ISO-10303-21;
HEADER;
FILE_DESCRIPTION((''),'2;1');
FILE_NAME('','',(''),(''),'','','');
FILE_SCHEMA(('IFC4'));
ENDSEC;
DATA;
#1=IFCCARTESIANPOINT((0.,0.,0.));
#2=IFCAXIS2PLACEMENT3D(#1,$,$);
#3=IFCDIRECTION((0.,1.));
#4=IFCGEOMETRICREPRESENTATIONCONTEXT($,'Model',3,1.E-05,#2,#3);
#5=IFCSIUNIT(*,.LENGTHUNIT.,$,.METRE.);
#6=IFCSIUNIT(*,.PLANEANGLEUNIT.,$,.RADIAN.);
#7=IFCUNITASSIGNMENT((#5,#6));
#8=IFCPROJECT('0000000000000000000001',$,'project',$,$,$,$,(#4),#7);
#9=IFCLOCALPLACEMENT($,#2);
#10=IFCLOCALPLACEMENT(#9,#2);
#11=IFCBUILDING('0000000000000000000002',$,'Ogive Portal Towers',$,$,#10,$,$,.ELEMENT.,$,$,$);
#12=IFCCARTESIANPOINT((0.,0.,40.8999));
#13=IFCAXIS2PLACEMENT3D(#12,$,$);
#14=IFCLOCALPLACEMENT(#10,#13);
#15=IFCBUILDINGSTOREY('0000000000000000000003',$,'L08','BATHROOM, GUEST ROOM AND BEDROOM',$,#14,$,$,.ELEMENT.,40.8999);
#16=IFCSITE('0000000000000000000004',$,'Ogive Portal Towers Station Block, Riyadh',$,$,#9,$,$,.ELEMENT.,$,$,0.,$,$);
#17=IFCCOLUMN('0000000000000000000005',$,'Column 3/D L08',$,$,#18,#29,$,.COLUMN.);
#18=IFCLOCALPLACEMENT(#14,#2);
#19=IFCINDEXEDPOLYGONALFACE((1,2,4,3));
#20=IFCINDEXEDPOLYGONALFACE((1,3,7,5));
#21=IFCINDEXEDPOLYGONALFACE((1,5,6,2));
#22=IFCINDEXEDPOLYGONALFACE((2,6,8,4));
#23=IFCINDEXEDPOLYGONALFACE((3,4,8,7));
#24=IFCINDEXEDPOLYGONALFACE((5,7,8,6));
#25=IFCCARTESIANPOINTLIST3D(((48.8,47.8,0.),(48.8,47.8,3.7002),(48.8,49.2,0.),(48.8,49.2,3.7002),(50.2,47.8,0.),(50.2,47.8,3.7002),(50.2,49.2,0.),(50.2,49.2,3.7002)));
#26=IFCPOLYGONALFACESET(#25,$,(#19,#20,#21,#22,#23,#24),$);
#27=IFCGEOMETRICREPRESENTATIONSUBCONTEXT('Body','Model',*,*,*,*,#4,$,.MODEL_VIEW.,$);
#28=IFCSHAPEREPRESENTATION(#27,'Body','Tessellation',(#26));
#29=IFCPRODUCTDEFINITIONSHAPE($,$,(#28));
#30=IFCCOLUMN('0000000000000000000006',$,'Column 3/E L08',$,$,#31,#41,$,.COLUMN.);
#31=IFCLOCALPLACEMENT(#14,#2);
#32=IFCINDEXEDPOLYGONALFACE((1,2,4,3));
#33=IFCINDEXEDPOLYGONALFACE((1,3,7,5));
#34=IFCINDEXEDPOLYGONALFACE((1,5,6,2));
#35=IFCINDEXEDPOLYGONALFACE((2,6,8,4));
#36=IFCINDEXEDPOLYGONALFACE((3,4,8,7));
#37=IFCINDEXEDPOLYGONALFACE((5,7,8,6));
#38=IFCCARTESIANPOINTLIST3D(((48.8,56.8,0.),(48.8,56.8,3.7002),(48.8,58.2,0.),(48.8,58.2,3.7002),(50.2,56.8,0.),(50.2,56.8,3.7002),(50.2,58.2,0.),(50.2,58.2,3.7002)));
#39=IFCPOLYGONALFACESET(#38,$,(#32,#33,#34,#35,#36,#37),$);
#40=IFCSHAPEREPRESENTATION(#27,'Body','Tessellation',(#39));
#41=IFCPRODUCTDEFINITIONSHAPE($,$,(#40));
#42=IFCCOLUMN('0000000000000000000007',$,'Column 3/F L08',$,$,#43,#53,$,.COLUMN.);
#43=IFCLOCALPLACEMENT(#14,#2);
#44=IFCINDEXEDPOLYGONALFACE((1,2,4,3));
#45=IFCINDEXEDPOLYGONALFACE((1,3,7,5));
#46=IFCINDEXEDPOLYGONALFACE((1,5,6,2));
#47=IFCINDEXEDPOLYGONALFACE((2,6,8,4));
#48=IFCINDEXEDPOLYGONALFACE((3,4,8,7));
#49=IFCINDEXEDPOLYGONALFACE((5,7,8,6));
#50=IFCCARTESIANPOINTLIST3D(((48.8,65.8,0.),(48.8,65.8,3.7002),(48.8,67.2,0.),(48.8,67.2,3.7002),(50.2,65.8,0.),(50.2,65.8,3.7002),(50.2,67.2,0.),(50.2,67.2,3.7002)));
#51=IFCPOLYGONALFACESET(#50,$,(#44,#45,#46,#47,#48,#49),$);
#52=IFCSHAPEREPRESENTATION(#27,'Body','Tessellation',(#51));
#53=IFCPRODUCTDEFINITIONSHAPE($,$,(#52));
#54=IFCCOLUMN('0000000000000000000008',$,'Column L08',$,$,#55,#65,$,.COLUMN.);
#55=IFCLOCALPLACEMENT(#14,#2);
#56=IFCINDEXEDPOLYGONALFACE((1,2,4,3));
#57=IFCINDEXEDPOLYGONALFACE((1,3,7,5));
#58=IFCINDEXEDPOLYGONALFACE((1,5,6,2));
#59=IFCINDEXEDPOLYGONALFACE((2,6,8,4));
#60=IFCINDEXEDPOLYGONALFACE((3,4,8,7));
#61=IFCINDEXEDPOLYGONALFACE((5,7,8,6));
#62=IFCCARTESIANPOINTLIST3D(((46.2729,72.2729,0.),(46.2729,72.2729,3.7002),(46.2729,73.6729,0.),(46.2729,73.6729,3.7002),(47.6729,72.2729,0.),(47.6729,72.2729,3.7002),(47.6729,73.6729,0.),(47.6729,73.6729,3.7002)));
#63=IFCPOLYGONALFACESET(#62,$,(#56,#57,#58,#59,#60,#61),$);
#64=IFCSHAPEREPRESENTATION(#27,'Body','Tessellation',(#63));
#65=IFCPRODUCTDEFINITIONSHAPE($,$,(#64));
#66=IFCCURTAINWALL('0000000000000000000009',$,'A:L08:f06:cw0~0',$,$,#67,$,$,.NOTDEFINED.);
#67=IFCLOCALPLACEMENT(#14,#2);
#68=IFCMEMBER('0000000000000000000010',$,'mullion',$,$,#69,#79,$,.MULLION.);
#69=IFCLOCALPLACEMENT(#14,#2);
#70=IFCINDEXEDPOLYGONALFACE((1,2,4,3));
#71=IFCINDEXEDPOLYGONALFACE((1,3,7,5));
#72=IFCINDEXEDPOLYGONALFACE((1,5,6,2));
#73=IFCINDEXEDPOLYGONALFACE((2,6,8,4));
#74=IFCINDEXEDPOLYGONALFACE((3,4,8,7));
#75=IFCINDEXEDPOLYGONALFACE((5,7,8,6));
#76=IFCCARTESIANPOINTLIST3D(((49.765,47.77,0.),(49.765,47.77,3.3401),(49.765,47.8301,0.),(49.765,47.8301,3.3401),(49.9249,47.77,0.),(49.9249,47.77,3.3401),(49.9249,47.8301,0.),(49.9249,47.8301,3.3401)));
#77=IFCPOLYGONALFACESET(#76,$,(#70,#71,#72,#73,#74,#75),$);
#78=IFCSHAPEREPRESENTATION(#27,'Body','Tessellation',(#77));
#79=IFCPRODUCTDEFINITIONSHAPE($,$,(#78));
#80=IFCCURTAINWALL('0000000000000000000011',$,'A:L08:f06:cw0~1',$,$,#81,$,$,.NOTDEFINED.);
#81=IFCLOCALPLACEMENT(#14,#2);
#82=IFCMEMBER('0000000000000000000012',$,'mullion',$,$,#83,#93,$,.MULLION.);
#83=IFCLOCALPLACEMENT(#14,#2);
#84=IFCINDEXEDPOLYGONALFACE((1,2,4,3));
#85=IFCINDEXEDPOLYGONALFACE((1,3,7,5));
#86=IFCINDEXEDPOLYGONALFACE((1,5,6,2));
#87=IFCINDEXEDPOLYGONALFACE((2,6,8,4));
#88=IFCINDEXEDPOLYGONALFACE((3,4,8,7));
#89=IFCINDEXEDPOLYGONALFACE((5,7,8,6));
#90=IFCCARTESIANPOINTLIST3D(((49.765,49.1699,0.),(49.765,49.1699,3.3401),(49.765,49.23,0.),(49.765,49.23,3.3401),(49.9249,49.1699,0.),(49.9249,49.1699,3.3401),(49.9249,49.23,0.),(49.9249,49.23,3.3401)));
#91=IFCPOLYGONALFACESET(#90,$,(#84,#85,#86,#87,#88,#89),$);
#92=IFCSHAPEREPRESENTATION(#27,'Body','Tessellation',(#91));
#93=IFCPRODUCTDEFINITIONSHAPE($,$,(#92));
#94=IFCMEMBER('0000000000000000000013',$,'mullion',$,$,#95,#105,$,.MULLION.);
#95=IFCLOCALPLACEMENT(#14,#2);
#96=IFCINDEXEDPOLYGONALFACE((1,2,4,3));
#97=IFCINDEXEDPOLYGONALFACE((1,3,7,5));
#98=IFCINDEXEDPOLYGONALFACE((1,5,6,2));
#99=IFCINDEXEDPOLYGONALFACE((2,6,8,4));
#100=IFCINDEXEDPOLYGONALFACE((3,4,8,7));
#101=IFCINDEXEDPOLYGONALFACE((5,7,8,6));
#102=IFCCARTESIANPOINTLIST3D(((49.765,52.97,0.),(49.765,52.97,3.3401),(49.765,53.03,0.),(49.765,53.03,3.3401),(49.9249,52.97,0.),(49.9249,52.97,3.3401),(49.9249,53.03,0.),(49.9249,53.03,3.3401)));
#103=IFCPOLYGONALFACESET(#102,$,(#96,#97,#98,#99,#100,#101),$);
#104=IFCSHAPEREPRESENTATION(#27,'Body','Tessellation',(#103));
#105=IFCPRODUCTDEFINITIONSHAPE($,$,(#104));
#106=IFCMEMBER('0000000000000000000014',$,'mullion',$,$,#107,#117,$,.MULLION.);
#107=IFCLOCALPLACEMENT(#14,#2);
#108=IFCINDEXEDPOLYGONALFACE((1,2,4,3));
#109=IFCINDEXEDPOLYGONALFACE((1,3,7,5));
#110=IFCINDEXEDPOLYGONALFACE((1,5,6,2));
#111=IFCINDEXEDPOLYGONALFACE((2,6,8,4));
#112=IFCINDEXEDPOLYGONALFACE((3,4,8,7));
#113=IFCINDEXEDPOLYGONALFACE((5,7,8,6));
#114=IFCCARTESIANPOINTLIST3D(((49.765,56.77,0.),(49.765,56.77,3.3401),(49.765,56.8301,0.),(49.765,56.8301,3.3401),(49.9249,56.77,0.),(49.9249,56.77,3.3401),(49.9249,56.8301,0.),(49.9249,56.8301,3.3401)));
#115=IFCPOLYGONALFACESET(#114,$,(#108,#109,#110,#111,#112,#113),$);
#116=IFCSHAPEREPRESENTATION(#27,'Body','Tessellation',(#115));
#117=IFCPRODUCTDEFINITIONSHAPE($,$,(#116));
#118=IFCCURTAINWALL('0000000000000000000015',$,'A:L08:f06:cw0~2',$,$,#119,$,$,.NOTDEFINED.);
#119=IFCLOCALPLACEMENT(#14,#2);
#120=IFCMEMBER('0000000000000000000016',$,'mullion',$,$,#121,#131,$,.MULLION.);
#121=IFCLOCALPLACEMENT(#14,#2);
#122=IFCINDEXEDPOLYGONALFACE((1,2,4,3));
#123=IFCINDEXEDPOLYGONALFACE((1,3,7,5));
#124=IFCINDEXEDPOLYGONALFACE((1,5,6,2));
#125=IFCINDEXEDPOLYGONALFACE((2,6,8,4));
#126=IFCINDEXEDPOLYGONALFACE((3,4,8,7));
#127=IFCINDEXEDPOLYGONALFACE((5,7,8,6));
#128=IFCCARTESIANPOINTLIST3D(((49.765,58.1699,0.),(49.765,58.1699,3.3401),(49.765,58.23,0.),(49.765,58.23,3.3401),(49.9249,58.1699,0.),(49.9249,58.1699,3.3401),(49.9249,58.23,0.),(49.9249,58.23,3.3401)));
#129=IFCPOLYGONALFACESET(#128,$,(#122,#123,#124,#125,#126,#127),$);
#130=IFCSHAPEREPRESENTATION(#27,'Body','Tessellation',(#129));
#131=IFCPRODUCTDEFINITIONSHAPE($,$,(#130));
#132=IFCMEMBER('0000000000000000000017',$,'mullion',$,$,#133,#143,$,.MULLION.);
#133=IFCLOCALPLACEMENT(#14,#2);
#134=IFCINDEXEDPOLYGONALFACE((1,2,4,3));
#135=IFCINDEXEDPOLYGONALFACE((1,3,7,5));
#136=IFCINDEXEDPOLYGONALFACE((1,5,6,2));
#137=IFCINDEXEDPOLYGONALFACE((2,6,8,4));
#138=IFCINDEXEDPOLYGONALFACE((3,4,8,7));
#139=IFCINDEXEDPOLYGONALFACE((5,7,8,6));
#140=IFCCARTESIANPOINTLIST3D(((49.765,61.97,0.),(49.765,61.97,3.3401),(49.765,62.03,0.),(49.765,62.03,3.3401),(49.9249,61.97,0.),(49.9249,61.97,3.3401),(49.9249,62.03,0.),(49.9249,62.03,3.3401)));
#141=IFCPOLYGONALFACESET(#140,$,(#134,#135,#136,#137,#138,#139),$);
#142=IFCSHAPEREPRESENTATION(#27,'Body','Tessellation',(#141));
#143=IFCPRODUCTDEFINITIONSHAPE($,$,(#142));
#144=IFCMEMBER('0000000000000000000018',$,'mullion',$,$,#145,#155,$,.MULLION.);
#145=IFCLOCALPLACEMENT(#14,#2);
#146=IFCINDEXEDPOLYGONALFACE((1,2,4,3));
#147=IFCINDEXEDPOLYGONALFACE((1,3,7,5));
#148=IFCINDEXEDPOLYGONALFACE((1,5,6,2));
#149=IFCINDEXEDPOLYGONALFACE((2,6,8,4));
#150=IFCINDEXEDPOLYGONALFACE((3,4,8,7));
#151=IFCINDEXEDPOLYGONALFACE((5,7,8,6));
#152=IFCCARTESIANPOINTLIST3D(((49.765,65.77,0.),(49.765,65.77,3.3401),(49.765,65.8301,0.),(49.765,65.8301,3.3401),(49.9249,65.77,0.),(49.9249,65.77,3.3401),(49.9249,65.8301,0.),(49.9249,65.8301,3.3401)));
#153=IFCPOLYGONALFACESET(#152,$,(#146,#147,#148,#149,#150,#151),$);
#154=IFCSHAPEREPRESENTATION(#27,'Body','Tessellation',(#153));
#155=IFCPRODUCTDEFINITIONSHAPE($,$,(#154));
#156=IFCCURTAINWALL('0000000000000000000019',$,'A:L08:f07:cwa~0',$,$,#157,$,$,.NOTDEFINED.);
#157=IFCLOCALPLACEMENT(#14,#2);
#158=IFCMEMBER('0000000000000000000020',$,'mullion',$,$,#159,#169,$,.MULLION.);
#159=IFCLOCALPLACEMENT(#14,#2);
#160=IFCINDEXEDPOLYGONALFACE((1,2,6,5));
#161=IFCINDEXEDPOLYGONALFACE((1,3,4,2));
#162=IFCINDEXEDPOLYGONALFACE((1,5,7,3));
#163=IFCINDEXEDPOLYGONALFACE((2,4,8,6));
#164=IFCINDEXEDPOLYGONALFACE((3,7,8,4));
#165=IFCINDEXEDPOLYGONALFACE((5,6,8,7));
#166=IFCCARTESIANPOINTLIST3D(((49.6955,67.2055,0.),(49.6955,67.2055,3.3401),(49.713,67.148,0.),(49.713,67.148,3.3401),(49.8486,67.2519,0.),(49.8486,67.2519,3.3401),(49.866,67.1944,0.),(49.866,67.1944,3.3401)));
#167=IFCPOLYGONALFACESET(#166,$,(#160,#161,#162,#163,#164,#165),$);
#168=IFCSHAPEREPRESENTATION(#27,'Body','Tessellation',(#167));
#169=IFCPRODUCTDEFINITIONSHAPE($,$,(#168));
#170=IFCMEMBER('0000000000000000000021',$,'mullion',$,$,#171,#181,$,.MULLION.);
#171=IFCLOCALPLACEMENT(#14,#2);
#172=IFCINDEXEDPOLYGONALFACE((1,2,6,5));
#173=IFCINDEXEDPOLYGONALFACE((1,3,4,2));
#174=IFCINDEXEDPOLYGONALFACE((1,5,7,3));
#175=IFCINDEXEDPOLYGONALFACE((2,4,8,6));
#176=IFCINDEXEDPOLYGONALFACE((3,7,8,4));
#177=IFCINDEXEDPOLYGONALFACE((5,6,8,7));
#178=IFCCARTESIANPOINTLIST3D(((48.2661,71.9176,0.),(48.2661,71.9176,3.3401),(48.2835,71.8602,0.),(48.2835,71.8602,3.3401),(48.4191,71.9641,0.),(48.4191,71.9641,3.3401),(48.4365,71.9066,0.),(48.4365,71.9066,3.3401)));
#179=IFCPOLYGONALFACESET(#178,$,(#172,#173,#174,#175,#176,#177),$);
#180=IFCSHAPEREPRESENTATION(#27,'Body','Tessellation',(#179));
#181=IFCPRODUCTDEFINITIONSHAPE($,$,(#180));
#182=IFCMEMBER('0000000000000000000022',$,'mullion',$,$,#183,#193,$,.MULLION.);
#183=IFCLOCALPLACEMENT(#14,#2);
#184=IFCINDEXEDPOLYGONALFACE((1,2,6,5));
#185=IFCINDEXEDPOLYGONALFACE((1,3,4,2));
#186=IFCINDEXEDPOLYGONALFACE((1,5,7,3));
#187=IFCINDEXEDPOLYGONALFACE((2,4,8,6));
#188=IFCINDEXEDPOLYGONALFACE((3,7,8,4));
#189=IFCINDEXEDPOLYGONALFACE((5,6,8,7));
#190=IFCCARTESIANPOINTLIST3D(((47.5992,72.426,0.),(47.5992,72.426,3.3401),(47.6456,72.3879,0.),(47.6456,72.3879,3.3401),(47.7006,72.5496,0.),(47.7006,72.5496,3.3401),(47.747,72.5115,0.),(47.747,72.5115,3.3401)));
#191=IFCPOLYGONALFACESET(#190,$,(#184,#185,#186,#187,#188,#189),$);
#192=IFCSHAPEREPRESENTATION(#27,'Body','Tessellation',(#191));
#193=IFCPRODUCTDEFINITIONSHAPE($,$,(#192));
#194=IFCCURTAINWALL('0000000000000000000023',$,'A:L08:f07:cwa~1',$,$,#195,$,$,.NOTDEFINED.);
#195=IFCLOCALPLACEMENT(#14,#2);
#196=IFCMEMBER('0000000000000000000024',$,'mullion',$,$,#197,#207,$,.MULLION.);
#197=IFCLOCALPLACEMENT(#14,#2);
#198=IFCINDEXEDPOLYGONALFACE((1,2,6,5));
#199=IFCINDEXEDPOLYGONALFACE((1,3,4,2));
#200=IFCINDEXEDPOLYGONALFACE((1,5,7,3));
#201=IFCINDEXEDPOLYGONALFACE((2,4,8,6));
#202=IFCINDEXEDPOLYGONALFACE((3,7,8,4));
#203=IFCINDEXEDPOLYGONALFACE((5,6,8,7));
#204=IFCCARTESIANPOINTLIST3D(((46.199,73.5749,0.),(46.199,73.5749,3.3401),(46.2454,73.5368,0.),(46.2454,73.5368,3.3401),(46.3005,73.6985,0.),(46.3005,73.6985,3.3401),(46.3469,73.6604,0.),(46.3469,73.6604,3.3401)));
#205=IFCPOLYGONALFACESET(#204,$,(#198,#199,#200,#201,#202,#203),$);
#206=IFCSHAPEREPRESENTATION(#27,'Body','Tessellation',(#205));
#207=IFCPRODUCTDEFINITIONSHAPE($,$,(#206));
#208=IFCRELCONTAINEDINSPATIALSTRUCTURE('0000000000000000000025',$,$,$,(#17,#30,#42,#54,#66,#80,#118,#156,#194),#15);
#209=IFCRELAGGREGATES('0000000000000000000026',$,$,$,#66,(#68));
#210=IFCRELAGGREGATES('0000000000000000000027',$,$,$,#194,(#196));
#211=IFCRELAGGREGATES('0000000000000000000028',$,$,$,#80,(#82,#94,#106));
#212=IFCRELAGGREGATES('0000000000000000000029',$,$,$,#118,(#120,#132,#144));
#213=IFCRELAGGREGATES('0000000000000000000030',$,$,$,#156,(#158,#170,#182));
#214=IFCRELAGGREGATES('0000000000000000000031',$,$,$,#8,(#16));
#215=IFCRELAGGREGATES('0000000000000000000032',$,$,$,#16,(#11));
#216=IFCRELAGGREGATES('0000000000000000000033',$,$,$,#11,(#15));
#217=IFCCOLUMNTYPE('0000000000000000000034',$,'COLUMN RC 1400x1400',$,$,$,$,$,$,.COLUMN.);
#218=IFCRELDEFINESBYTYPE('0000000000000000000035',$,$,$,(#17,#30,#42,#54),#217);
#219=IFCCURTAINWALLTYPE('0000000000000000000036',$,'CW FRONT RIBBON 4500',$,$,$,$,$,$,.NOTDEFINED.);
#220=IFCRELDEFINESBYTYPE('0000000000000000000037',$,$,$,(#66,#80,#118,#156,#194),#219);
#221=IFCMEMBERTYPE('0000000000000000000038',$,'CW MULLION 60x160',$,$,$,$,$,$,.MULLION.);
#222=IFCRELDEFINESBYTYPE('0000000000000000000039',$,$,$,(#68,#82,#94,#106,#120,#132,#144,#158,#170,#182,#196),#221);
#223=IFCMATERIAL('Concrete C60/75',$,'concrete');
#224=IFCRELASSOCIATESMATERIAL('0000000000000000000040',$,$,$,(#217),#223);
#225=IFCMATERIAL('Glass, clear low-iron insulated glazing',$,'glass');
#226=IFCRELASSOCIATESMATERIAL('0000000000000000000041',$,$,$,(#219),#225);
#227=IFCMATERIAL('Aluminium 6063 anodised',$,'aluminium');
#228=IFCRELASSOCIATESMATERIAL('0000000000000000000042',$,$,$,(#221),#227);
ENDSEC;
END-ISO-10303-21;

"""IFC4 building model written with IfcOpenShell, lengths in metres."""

from ifc_helpers import new_model, si_unit, direction, frame, origin, origin_2d, place, context, subcontext, project, spatial, rectangle, extrude, material, material_profile, profile_set, type_object, element, aggregate, save


model = new_model("IFC4")

# Units and contexts
model_context = context("Model", 3, precision=1e-05, world=origin(), true_north=direction((0.0, 1.0)))
body_context = subcontext(model_context, "Body", "Model", "MODEL_VIEW")
ifc_project = project(units=[si_unit("LENGTHUNIT", "METRE"), si_unit("PLANEANGLEUNIT", "RADIAN")], contexts=[model_context])

# Site, building, storey
site_placement = place(None, origin())
site = spatial("IfcSite", under=ifc_project, at=site_placement, Name="Ogive Portal Towers Station Block, Riyadh", CompositionType="ELEMENT", RefElevation=0.0)
building_placement = place(site_placement, origin())
building = spatial("IfcBuilding", under=site, at=building_placement, Name="Ogive Portal Towers", CompositionType="ELEMENT")
storey_placement = place(building_placement, frame((0.0, 0.0, 40.8999)))
storey = spatial("IfcBuildingStorey", under=building, at=storey_placement, Name="L08", Description="BATHROOM, GUEST ROOM AND BEDROOM", CompositionType="ELEMENT", Elevation=40.8999)

# Columns
ifc_material_1 = material(Name="Concrete C60/75", Category="concrete")
ifc_material_profile_1 = material_profile(ifc_material_1, rectangle(XDim=1.3999, YDim=1.3999, at=origin_2d()), Name="RC 1400x1400")
ifc_profile_set_1 = profile_set([ifc_material_profile_1], Name="Concrete C60/75")
column_type = type_object("IfcColumnType", Name="COLUMN RC 1400x1400", PredefinedType="COLUMN", material=ifc_profile_set_1)
for number, where, z_axis, x_axis, name in (
    (1, (49.5, 48.5, 0.0), (0.0, 0.0, 1.0), (1.0, 0.0, 0.0), "Column 3/D L08"),
    (2, (49.5, 57.5, 0.0), (0.0, 0.0, 1.0), (1.0, 0.0, 0.0), "Column 3/E L08"),
    (3, (49.5, 66.5, 0.0), (0.0, 0.0, 1.0), (1.0, 0.0, 0.0), "Column 3/F L08"),
    (4, (46.9729, 72.9729, 0.0), (0.0, 0.0, 1.0), (1.0, 0.0, 0.0), "Column L08"),
):
    element("IfcColumn", number, at=place(storey_placement, frame(where, z_axis=z_axis, x_axis=x_axis)), inside=storey, type_object=column_type, Name=name, PredefinedType="COLUMN", context=body_context, shape_type="SweptSolid", body=[
        extrude(rectangle(XDim=1.3999, YDim=1.3999, at=origin_2d()), origin(), (0.0, 0.0, 1.0), 3.7002),
    ])

# Curtain wall, member
ifc_material_2 = material(Name="Glass, clear low-iron insulated glazing", Category="glass")
curtain_wall_type = type_object("IfcCurtainWallType", Name="CW FRONT RIBBON 4500", PredefinedType="NOTDEFINED", material=ifc_material_2)
curtain_wall_1_placement = place(storey_placement, origin())
curtain_wall_1 = element("IfcCurtainWall", 5, at=curtain_wall_1_placement, inside=storey, type_object=curtain_wall_type, Name="A:L08:f06:cw0~0", PredefinedType="NOTDEFINED")
ifc_material_3 = material(Name="Aluminium 6063 anodised", Category="aluminium")
ifc_material_profile_2 = material_profile(ifc_material_3, rectangle(XDim=0.1599, YDim=0.0601, at=origin_2d()), Name="AL 60x160")
ifc_profile_set_2 = profile_set([ifc_material_profile_2], Name="Aluminium 6063 anodised")
member_type_1 = type_object("IfcMemberType", Name="CW MULLION 60x160", PredefinedType="MULLION", material=ifc_profile_set_2)
member_1_placement = place(storey_placement, frame((49.845, 47.8, 0.0), z_axis=(0.0, 0.0, 1.0), x_axis=(-1.0, 0.0, 0.0)))
member_1 = element("IfcMember", 6, at=member_1_placement, type_object=member_type_1, Name="mullion", PredefinedType="MULLION", context=body_context, shape_type="SweptSolid", body=[
    extrude(rectangle(XDim=0.1599, YDim=0.0601, at=origin_2d()), origin(), (0.0, 0.0, 1.0), 3.3401),
])
aggregate(curtain_wall_1, [member_1])

# Curtain walls, members
curtain_wall_2_placement = place(storey_placement, origin())
curtain_wall_2 = element("IfcCurtainWall", 7, at=curtain_wall_2_placement, inside=storey, type_object=curtain_wall_type, Name="A:L08:f06:cw0~1", PredefinedType="NOTDEFINED")
member_2_placement = place(storey_placement, frame((49.845, 49.2, 0.0), z_axis=(0.0, 0.0, 1.0), x_axis=(-1.0, 0.0, 0.0)))
member_2 = element("IfcMember", 8, at=member_2_placement, type_object=member_type_1, Name="mullion", PredefinedType="MULLION", context=body_context, shape_type="SweptSolid", body=[
    extrude(rectangle(XDim=0.1599, YDim=0.0601, at=origin_2d()), origin(), (0.0, 0.0, 1.0), 3.3401),
])
member_3_placement = place(storey_placement, frame((49.845, 53.0, 0.0), z_axis=(0.0, 0.0, 1.0), x_axis=(-1.0, 0.0, 0.0)))
member_3 = element("IfcMember", 9, at=member_3_placement, type_object=member_type_1, Name="mullion", PredefinedType="MULLION", context=body_context, shape_type="SweptSolid", body=[
    extrude(rectangle(XDim=0.1599, YDim=0.0601, at=origin_2d()), origin(), (0.0, 0.0, 1.0), 3.3401),
])
member_4_placement = place(storey_placement, frame((49.845, 56.8, 0.0), z_axis=(0.0, 0.0, 1.0), x_axis=(-1.0, 0.0, 0.0)))
member_4 = element("IfcMember", 10, at=member_4_placement, type_object=member_type_1, Name="mullion", PredefinedType="MULLION", context=body_context, shape_type="SweptSolid", body=[
    extrude(rectangle(XDim=0.1599, YDim=0.0601, at=origin_2d()), origin(), (0.0, 0.0, 1.0), 3.3401),
])
curtain_wall_3_placement = place(storey_placement, origin())
curtain_wall_3 = element("IfcCurtainWall", 11, at=curtain_wall_3_placement, inside=storey, type_object=curtain_wall_type, Name="A:L08:f06:cw0~2", PredefinedType="NOTDEFINED")
member_5_placement = place(storey_placement, frame((49.845, 58.2, 0.0), z_axis=(0.0, 0.0, 1.0), x_axis=(-1.0, 0.0, 0.0)))
member_5 = element("IfcMember", 12, at=member_5_placement, type_object=member_type_1, Name="mullion", PredefinedType="MULLION", context=body_context, shape_type="SweptSolid", body=[
    extrude(rectangle(XDim=0.1599, YDim=0.0601, at=origin_2d()), origin(), (0.0, 0.0, 1.0), 3.3401),
])
member_6_placement = place(storey_placement, frame((49.845, 62.0, 0.0), z_axis=(0.0, 0.0, 1.0), x_axis=(-1.0, 0.0, 0.0)))
member_6 = element("IfcMember", 13, at=member_6_placement, type_object=member_type_1, Name="mullion", PredefinedType="MULLION", context=body_context, shape_type="SweptSolid", body=[
    extrude(rectangle(XDim=0.1599, YDim=0.0601, at=origin_2d()), origin(), (0.0, 0.0, 1.0), 3.3401),
])
member_7_placement = place(storey_placement, frame((49.845, 65.8, 0.0), z_axis=(0.0, 0.0, 1.0), x_axis=(-1.0, 0.0, 0.0)))
member_7 = element("IfcMember", 14, at=member_7_placement, type_object=member_type_1, Name="mullion", PredefinedType="MULLION", context=body_context, shape_type="SweptSolid", body=[
    extrude(rectangle(XDim=0.1599, YDim=0.0601, at=origin_2d()), origin(), (0.0, 0.0, 1.0), 3.3401),
])
curtain_wall_4_placement = place(storey_placement, origin())
curtain_wall_4 = element("IfcCurtainWall", 15, at=curtain_wall_4_placement, inside=storey, type_object=curtain_wall_type, Name="A:L08:f07:cwa~0", PredefinedType="NOTDEFINED")
member_8_placement = place(storey_placement, frame((49.7808, 67.2, 0.0), z_axis=(0.0, 0.0, 1.0), x_axis=(-0.95694, -0.290285, 0.0)))
member_8 = element("IfcMember", 16, at=member_8_placement, type_object=member_type_1, Name="mullion", PredefinedType="MULLION", context=body_context, shape_type="SweptSolid", body=[
    extrude(rectangle(XDim=0.1599, YDim=0.0601, at=origin_2d()), origin(), (0.0, 0.0, 1.0), 3.3401),
])
member_9_placement = place(storey_placement, frame((48.3513, 71.9121, 0.0), z_axis=(0.0, 0.0, 1.0), x_axis=(-0.95694, -0.290285, 0.0)))
member_9 = element("IfcMember", 17, at=member_9_placement, type_object=member_type_1, Name="mullion", PredefinedType="MULLION", context=body_context, shape_type="SweptSolid", body=[
    extrude(rectangle(XDim=0.1599, YDim=0.0601, at=origin_2d()), origin(), (0.0, 0.0, 1.0), 3.3401),
])
member_10_placement = place(storey_placement, frame((47.6731, 72.4688, 0.0), z_axis=(0.0, 0.0, 1.0), x_axis=(-0.634393, -0.77301, 0.0)))
member_10 = element("IfcMember", 18, at=member_10_placement, type_object=member_type_1, Name="mullion", PredefinedType="MULLION", context=body_context, shape_type="SweptSolid", body=[
    extrude(rectangle(XDim=0.1599, YDim=0.0601, at=origin_2d()), origin(), (0.0, 0.0, 1.0), 3.3401),
])

# Curtain wall, member
curtain_wall_5_placement = place(storey_placement, origin())
curtain_wall_5 = element("IfcCurtainWall", 19, at=curtain_wall_5_placement, inside=storey, type_object=curtain_wall_type, Name="A:L08:f07:cwa~1", PredefinedType="NOTDEFINED")
member_11_placement = place(storey_placement, frame((46.2729, 73.6177, 0.0), z_axis=(0.0, 0.0, 1.0), x_axis=(-0.634393, -0.77301, 0.0)))
member_11 = element("IfcMember", 20, at=member_11_placement, type_object=member_type_1, Name="mullion", PredefinedType="MULLION", context=body_context, shape_type="SweptSolid", body=[
    extrude(rectangle(XDim=0.1599, YDim=0.0601, at=origin_2d()), origin(), (0.0, 0.0, 1.0), 3.3401),
])
aggregate(curtain_wall_5, [member_11])

aggregate(curtain_wall_2, [member_2, member_3, member_4])
aggregate(curtain_wall_3, [member_5, member_6, member_7])
aggregate(curtain_wall_4, [member_8, member_9, member_10])

save(model, "model.ifc")
